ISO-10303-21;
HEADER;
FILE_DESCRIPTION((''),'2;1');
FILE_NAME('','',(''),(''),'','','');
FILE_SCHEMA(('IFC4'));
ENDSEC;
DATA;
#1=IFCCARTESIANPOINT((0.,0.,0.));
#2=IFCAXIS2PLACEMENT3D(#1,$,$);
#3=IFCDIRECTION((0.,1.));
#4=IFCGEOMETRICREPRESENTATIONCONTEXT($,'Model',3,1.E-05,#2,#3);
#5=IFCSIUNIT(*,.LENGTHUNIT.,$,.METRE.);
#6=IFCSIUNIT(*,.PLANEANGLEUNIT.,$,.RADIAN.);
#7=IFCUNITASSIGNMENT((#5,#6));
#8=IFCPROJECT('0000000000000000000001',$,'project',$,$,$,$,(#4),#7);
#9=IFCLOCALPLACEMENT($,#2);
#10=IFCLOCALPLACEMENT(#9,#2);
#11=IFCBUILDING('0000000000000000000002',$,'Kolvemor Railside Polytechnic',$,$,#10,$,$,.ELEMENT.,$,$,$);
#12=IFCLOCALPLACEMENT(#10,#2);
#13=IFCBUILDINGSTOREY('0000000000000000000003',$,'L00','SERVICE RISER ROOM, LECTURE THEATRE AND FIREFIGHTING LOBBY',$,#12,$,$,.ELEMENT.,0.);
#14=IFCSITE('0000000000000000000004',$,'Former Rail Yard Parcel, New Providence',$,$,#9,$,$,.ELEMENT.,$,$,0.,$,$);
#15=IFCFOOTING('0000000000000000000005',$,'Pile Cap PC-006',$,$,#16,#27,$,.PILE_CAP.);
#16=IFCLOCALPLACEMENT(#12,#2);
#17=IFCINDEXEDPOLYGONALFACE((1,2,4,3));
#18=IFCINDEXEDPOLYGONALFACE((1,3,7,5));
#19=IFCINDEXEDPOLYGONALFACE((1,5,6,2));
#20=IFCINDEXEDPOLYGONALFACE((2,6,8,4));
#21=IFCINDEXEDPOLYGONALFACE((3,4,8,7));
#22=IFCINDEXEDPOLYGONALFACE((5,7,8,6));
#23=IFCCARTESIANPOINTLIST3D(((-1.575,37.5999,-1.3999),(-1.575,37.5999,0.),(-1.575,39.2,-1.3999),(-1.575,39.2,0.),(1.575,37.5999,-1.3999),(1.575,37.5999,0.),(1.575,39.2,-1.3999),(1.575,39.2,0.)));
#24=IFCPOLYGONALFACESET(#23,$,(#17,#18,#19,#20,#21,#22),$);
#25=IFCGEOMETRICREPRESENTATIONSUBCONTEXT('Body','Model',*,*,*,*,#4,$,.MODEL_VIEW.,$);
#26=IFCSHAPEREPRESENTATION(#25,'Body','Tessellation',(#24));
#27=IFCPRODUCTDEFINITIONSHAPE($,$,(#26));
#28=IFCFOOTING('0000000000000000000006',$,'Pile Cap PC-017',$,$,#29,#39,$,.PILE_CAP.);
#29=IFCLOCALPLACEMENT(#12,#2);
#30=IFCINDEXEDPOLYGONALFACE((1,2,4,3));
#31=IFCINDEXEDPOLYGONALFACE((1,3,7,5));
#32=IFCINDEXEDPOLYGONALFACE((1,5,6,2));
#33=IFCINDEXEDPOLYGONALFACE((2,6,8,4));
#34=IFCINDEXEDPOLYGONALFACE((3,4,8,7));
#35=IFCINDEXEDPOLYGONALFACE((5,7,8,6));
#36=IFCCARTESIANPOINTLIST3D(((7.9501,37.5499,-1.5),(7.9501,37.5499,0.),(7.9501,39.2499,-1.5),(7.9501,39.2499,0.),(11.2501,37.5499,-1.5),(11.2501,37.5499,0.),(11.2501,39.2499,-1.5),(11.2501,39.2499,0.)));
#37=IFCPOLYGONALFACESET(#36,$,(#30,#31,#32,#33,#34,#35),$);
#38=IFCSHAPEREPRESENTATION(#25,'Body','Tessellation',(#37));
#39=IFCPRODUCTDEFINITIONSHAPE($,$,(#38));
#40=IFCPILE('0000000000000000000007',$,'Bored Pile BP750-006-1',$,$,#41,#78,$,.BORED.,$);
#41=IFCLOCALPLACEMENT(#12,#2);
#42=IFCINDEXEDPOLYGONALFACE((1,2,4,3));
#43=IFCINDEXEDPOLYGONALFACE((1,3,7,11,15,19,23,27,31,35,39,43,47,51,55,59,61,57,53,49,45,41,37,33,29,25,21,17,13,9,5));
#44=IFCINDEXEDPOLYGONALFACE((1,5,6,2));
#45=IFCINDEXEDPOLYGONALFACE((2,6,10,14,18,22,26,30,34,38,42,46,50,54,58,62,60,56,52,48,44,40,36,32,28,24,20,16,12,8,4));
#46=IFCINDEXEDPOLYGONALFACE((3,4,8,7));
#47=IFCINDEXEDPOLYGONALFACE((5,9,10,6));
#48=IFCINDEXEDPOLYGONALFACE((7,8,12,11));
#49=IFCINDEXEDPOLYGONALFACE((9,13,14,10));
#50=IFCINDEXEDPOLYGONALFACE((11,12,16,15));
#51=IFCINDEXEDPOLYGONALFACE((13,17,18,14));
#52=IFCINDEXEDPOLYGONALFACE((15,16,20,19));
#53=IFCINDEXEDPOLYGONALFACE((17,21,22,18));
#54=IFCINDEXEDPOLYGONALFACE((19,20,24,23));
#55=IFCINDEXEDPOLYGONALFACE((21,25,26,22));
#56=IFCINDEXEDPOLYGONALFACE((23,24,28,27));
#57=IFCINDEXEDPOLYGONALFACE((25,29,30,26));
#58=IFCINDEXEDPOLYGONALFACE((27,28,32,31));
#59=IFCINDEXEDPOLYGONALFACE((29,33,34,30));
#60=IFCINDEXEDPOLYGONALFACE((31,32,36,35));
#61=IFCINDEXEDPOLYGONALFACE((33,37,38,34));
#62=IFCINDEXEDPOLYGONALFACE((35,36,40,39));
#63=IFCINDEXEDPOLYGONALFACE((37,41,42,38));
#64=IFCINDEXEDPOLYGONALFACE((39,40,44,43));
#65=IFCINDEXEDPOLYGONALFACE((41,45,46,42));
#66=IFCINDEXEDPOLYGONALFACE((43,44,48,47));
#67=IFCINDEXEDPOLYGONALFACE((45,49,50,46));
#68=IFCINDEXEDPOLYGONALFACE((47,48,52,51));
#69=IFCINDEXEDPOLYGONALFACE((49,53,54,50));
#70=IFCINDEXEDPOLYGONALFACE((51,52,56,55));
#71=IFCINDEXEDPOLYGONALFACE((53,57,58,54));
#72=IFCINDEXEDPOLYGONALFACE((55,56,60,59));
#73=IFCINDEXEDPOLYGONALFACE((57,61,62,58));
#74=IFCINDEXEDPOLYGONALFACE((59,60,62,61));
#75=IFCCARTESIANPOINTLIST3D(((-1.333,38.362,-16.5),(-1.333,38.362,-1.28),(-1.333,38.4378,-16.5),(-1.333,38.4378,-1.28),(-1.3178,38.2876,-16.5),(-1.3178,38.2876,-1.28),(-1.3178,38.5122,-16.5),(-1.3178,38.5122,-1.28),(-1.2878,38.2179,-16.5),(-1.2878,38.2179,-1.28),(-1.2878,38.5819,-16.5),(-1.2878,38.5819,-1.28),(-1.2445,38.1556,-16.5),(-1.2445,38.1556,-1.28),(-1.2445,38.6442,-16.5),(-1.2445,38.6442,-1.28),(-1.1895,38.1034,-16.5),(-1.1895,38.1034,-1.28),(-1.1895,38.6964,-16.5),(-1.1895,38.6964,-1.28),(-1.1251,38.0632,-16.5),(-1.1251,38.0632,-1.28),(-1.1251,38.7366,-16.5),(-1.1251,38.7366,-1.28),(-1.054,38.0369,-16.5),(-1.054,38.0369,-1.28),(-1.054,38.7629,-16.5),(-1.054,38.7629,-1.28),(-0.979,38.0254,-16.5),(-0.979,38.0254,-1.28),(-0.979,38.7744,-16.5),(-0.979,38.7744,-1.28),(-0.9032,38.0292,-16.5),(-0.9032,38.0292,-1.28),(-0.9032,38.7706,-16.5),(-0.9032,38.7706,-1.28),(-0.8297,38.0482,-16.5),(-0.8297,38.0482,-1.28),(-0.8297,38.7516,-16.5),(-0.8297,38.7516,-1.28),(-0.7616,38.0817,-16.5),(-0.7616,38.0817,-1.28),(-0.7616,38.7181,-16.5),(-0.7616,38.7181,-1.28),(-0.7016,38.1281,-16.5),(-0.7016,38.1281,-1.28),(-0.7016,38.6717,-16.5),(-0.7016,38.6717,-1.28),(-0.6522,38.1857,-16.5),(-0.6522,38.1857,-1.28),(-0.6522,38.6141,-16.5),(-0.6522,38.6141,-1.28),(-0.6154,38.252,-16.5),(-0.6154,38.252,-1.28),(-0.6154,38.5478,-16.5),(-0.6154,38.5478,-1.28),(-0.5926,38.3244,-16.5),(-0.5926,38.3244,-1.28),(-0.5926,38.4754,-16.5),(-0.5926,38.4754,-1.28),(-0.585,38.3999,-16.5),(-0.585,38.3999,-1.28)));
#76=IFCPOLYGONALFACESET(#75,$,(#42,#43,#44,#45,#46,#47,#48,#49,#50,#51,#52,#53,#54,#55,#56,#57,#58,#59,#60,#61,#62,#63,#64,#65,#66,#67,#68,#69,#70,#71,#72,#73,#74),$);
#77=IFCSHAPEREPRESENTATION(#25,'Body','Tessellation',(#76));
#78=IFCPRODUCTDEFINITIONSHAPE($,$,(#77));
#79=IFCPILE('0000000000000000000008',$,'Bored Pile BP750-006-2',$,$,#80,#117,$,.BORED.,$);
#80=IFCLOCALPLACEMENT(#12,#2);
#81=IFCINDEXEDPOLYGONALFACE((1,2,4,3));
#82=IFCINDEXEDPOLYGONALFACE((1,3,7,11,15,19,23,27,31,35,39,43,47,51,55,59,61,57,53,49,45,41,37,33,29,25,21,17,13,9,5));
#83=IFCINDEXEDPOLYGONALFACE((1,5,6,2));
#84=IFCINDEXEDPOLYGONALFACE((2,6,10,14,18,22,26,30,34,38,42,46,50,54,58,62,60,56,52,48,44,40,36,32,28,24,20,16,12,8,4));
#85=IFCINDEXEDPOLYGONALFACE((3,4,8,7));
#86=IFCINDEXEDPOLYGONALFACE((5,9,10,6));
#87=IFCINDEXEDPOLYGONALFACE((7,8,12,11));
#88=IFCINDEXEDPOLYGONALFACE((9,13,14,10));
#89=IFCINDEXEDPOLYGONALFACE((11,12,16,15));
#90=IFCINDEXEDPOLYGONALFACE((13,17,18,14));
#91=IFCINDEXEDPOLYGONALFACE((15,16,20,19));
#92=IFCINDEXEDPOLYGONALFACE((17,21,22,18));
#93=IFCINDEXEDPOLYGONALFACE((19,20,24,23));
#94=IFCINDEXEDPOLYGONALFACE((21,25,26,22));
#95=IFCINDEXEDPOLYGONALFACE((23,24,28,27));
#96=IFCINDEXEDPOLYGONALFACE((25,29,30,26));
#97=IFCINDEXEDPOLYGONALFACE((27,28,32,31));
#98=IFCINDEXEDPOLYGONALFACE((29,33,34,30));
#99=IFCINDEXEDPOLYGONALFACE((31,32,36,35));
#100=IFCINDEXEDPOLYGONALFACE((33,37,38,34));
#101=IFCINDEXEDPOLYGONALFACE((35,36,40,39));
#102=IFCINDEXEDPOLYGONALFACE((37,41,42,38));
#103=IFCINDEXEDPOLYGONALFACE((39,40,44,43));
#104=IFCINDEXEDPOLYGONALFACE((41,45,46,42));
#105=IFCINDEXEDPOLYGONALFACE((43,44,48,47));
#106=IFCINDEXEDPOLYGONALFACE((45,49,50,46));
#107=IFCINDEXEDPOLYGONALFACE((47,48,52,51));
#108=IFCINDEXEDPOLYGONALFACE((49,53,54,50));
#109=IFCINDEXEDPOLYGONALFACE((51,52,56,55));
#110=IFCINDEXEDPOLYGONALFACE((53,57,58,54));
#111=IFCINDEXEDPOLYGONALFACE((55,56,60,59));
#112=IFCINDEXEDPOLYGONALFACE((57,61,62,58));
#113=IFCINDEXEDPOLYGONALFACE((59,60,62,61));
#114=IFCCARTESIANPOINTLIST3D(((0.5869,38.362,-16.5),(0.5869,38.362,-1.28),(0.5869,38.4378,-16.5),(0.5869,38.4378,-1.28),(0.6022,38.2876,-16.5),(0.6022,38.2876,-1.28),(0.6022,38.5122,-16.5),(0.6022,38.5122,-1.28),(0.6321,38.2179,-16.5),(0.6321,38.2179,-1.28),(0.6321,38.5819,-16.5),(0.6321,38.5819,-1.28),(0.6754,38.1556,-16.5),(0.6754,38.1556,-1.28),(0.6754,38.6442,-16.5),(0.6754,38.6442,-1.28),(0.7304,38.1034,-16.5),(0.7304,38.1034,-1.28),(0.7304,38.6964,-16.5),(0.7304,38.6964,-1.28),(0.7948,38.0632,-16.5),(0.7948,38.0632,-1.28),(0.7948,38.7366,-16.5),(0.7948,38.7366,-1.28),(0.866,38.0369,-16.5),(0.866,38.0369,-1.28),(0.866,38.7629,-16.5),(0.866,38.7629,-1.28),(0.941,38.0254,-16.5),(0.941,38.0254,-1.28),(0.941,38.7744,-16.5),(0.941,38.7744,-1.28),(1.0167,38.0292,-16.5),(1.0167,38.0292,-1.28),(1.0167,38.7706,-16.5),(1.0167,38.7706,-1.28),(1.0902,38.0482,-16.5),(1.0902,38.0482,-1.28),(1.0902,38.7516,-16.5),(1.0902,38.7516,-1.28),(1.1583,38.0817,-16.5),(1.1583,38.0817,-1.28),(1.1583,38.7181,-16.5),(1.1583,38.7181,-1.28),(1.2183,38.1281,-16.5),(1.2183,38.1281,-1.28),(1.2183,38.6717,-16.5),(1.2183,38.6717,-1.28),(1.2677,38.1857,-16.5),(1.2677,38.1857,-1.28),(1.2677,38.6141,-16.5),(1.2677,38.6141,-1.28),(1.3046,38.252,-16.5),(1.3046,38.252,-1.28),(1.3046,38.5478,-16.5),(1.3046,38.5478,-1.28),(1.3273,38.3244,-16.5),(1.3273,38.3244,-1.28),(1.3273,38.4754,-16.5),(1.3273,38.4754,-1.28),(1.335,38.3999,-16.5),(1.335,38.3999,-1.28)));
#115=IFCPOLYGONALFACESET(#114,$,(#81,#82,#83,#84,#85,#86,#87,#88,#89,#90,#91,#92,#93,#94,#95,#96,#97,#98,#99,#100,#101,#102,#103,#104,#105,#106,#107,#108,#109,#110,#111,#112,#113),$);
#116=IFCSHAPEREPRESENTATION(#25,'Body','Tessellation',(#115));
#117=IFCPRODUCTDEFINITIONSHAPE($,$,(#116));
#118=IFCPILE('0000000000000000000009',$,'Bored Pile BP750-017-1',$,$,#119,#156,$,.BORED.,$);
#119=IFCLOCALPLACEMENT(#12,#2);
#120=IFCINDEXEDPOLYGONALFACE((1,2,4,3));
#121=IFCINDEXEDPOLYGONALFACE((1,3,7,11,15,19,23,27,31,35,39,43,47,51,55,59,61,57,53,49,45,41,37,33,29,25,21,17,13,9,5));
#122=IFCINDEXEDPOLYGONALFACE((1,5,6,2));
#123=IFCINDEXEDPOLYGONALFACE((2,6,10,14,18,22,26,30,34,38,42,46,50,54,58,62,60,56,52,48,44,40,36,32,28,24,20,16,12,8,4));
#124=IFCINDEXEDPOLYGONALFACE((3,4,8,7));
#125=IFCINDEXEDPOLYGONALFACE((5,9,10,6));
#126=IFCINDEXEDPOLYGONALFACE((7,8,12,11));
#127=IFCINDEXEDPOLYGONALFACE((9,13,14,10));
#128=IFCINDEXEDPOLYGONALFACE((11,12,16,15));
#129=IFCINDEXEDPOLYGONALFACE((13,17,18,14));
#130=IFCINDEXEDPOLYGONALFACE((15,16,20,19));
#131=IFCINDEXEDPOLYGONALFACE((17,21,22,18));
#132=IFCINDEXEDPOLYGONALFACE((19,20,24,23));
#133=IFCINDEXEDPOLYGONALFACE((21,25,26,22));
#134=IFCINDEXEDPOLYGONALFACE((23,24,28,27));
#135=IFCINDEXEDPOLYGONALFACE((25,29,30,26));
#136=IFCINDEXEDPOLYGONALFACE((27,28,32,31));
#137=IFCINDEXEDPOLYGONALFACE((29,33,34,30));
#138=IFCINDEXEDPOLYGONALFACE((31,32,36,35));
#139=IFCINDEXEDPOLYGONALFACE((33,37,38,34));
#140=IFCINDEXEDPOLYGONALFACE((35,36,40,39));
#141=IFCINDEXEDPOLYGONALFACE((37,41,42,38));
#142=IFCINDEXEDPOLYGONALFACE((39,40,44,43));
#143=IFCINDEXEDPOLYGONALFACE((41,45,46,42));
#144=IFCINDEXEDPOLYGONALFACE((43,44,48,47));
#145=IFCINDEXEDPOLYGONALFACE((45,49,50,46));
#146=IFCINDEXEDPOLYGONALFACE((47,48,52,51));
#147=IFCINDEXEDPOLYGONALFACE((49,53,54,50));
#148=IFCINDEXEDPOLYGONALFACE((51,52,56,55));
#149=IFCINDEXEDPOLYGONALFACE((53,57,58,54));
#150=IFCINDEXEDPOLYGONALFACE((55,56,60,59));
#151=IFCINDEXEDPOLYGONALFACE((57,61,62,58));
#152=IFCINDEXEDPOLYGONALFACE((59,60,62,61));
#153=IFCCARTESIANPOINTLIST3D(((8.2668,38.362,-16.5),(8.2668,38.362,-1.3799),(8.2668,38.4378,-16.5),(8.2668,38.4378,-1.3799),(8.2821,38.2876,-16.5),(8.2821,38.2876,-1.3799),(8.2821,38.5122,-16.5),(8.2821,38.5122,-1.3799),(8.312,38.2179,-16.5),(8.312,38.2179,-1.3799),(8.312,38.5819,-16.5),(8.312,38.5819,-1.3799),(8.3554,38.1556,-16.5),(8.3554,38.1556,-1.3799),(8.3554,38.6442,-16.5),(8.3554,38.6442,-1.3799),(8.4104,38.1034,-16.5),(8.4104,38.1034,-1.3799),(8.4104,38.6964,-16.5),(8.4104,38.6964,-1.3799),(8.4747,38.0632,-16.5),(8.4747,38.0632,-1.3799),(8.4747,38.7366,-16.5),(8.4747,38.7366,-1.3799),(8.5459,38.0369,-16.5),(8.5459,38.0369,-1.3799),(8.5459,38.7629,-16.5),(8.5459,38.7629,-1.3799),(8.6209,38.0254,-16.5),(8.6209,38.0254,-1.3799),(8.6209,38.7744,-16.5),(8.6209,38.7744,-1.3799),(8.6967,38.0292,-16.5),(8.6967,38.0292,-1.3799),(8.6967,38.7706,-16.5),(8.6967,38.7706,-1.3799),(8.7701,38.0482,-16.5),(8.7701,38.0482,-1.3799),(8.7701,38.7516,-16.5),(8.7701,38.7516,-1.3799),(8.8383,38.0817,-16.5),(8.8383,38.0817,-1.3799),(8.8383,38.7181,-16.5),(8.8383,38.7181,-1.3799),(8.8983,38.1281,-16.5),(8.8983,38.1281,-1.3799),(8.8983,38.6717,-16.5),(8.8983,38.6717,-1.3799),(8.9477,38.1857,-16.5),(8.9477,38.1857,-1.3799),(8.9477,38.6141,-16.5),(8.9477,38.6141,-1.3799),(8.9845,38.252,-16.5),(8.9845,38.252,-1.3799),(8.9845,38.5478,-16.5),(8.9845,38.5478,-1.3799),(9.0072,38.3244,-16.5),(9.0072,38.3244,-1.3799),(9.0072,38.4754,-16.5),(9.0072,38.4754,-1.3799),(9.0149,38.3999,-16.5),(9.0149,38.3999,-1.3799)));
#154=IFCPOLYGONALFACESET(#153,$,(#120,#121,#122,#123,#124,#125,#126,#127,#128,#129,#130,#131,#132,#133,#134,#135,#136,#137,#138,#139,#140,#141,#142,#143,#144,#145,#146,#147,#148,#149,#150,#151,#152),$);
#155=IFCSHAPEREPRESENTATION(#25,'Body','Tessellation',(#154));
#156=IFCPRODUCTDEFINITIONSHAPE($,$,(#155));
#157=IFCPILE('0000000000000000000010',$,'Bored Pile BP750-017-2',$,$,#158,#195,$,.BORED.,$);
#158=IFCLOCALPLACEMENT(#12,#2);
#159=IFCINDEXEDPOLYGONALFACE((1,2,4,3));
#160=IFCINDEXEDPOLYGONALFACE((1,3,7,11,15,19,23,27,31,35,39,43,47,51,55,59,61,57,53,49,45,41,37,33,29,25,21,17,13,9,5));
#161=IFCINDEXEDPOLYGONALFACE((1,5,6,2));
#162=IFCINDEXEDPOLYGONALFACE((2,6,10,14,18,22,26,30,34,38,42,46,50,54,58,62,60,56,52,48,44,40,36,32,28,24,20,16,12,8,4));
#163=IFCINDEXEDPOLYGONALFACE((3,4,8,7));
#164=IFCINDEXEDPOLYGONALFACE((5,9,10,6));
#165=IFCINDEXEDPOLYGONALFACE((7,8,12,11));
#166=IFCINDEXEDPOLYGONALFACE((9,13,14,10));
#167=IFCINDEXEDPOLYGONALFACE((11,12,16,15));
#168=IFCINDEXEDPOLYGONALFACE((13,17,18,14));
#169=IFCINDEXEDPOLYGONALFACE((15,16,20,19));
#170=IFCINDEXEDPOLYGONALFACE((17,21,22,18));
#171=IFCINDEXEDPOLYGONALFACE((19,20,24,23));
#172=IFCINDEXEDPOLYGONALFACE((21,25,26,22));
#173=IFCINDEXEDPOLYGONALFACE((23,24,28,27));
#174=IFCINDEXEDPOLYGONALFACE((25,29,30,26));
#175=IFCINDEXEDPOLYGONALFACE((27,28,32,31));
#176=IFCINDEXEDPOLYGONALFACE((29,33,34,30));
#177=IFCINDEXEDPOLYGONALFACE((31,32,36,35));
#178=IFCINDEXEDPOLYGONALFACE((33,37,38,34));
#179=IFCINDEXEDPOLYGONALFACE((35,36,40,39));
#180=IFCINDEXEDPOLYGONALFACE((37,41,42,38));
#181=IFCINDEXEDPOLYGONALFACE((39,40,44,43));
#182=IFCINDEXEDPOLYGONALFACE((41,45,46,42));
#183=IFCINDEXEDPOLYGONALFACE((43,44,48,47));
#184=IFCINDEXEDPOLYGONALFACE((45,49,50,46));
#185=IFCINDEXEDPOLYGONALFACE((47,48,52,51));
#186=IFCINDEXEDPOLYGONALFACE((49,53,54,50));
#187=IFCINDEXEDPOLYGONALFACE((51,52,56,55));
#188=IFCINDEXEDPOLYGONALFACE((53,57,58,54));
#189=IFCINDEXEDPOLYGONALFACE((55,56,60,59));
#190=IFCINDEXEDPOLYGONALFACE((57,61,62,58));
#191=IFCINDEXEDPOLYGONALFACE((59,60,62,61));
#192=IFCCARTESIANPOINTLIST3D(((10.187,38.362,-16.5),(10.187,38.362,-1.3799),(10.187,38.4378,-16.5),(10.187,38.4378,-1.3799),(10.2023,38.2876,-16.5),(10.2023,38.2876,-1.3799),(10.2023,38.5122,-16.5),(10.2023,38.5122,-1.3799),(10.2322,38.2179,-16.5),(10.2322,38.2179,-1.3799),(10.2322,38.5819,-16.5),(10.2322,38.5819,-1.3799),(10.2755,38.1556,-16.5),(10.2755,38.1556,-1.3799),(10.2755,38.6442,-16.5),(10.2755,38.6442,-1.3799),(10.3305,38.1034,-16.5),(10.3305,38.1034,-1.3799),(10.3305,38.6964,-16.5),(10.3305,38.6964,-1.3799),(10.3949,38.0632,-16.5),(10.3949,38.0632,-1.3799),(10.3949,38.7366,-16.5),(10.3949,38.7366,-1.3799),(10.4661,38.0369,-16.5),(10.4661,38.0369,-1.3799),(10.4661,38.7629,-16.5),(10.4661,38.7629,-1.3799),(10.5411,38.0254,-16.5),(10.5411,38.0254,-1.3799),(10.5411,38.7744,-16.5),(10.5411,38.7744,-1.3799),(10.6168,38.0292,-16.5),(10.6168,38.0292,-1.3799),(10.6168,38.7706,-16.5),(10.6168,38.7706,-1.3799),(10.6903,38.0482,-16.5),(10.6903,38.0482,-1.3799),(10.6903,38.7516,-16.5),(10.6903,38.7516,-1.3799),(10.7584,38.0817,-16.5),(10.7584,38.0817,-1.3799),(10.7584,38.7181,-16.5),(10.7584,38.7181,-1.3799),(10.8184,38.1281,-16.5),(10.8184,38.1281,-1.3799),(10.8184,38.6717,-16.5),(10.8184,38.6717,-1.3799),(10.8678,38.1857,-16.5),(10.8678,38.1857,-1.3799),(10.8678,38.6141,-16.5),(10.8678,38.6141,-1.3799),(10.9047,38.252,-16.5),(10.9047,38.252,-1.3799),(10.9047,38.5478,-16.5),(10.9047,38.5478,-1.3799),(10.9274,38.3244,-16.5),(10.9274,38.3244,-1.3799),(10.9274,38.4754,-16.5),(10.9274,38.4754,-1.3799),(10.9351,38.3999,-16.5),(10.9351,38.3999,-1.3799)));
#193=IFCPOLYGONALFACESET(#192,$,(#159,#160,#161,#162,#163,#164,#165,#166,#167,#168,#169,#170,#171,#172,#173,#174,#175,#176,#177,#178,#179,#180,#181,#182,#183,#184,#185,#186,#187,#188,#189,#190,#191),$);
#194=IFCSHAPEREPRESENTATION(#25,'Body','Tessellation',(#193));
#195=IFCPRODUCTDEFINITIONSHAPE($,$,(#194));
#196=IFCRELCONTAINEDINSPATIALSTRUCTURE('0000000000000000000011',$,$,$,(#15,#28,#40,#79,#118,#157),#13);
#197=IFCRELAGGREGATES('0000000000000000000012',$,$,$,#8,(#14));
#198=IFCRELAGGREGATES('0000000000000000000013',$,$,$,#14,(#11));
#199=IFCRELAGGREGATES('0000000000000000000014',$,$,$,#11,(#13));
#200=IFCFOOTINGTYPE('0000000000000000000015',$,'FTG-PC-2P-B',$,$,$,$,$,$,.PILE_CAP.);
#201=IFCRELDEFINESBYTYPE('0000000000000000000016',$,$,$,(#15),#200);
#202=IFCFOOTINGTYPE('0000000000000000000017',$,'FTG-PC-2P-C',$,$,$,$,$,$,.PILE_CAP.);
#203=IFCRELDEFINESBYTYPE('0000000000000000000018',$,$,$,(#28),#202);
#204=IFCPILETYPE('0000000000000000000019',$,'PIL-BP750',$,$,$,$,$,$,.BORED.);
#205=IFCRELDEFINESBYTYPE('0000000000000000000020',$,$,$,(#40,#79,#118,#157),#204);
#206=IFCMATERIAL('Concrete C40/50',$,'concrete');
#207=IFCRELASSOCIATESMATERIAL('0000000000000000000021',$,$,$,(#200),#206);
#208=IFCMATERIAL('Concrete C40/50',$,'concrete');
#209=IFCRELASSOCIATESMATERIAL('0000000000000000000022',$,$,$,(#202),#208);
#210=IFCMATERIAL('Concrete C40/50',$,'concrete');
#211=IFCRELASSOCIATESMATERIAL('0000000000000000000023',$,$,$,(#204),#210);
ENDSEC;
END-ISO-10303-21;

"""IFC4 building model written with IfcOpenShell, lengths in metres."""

from ifc_helpers import new_model, si_unit, direction, frame, origin, origin_2d, place, context, subcontext, project, spatial, rectangle, circle, extrude, material, material_profile, profile_set, type_object, element, save


model = new_model("IFC4")

# Units and contexts
model_context = context("Model", 3, precision=1e-05, world=origin(), true_north=direction((0.0, 1.0)))
body_context = subcontext(model_context, "Body", "Model", "MODEL_VIEW")
ifc_project = project(units=[si_unit("LENGTHUNIT", "METRE"), si_unit("PLANEANGLEUNIT", "RADIAN")], contexts=[model_context])

# Site, building, storey
site_placement = place(None, origin())
site = spatial("IfcSite", under=ifc_project, at=site_placement, Name="Former Rail Yard Parcel, New Providence", CompositionType="ELEMENT", RefElevation=0.0)
building_placement = place(site_placement, origin())
building = spatial("IfcBuilding", under=site, at=building_placement, Name="Kolvemor Railside Polytechnic", CompositionType="ELEMENT")
storey_placement = place(building_placement, origin())
storey = spatial("IfcBuildingStorey", under=building, at=storey_placement, Name="L00", Description="SERVICE RISER ROOM, LECTURE THEATRE AND FIREFIGHTING LOBBY", CompositionType="ELEMENT", Elevation=0.0)

# Footings
ifc_material_1 = material(Name="Concrete C40/50", Category="concrete")
footing_type_1 = type_object("IfcFootingType", Name="FTG-PC-2P-B", PredefinedType="PILE_CAP", material=ifc_material_1)
footing_1_placement = place(storey_placement, frame((0.0, 38.3999, -1.3999), z_axis=(0.0, 0.0, 1.0), x_axis=(1.0, 0.0, 0.0)))
element("IfcFooting", 1, at=footing_1_placement, inside=storey, type_object=footing_type_1, Name="Pile Cap PC-006", PredefinedType="PILE_CAP", context=body_context, shape_type="SweptSolid", body=[
    extrude(rectangle(XDim=3.1499, YDim=1.6001, at=origin_2d()), origin(), (0.0, 0.0, 1.0), 1.3999),
])
ifc_material_2 = material(Name="Concrete C40/50", Category="concrete")
footing_type_2 = type_object("IfcFootingType", Name="FTG-PC-2P-C", PredefinedType="PILE_CAP", material=ifc_material_2)
footing_2_placement = place(storey_placement, frame((9.6001, 38.3999, -1.5), z_axis=(0.0, 0.0, 1.0), x_axis=(1.0, 0.0, 0.0)))
element("IfcFooting", 2, at=footing_2_placement, inside=storey, type_object=footing_type_2, Name="Pile Cap PC-017", PredefinedType="PILE_CAP", context=body_context, shape_type="SweptSolid", body=[
    extrude(rectangle(XDim=3.3, YDim=1.7, at=origin_2d()), origin(), (0.0, 0.0, 1.0), 1.5),
])

# Piles
ifc_material_3 = material(Name="Concrete C40/50", Category="concrete")
ifc_material_profile_1 = material_profile(ifc_material_3, circle(Radius=0.375, at=origin_2d()), Name="BP750")
ifc_profile_set_1 = profile_set([ifc_material_profile_1], Name="Concrete C40/50")
pile_type = type_object("IfcPileType", Name="PIL-BP750", PredefinedType="BORED", material=ifc_profile_set_1)
for number, where, z_axis, x_axis, name in (
    (3, (-0.96, 38.3999, -1.28), (0.0, 0.0, -1.0), (1.0, 0.0, 0.0), "Bored Pile BP750-006-1"),
    (4, (0.96, 38.3999, -1.28), (0.0, 0.0, -1.0), (1.0, 0.0, 0.0), "Bored Pile BP750-006-2"),
):
    element("IfcPile", number, at=place(storey_placement, frame(where, z_axis=z_axis, x_axis=x_axis)), inside=storey, type_object=pile_type, Name=name, PredefinedType="BORED", context=body_context, shape_type="SweptSolid", body=[
        extrude(circle(Radius=0.375, at=origin_2d()), origin(), (0.0, 0.0, 1.0), 15.22),
    ])
for number, where, z_axis, x_axis, name in (
    (5, (8.6399, 38.3999, -1.3799), (0.0, 0.0, -1.0), (1.0, 0.0, 0.0), "Bored Pile BP750-017-1"),
    (6, (10.5601, 38.3999, -1.3799), (0.0, 0.0, -1.0), (1.0, 0.0, 0.0), "Bored Pile BP750-017-2"),
):
    element("IfcPile", number, at=place(storey_placement, frame(where, z_axis=z_axis, x_axis=x_axis)), inside=storey, type_object=pile_type, Name=name, PredefinedType="BORED", context=body_context, shape_type="SweptSolid", body=[
        extrude(circle(Radius=0.375, at=origin_2d()), origin(), (0.0, 0.0, 1.0), 15.1201),
    ])

save(model, "model.ifc")
